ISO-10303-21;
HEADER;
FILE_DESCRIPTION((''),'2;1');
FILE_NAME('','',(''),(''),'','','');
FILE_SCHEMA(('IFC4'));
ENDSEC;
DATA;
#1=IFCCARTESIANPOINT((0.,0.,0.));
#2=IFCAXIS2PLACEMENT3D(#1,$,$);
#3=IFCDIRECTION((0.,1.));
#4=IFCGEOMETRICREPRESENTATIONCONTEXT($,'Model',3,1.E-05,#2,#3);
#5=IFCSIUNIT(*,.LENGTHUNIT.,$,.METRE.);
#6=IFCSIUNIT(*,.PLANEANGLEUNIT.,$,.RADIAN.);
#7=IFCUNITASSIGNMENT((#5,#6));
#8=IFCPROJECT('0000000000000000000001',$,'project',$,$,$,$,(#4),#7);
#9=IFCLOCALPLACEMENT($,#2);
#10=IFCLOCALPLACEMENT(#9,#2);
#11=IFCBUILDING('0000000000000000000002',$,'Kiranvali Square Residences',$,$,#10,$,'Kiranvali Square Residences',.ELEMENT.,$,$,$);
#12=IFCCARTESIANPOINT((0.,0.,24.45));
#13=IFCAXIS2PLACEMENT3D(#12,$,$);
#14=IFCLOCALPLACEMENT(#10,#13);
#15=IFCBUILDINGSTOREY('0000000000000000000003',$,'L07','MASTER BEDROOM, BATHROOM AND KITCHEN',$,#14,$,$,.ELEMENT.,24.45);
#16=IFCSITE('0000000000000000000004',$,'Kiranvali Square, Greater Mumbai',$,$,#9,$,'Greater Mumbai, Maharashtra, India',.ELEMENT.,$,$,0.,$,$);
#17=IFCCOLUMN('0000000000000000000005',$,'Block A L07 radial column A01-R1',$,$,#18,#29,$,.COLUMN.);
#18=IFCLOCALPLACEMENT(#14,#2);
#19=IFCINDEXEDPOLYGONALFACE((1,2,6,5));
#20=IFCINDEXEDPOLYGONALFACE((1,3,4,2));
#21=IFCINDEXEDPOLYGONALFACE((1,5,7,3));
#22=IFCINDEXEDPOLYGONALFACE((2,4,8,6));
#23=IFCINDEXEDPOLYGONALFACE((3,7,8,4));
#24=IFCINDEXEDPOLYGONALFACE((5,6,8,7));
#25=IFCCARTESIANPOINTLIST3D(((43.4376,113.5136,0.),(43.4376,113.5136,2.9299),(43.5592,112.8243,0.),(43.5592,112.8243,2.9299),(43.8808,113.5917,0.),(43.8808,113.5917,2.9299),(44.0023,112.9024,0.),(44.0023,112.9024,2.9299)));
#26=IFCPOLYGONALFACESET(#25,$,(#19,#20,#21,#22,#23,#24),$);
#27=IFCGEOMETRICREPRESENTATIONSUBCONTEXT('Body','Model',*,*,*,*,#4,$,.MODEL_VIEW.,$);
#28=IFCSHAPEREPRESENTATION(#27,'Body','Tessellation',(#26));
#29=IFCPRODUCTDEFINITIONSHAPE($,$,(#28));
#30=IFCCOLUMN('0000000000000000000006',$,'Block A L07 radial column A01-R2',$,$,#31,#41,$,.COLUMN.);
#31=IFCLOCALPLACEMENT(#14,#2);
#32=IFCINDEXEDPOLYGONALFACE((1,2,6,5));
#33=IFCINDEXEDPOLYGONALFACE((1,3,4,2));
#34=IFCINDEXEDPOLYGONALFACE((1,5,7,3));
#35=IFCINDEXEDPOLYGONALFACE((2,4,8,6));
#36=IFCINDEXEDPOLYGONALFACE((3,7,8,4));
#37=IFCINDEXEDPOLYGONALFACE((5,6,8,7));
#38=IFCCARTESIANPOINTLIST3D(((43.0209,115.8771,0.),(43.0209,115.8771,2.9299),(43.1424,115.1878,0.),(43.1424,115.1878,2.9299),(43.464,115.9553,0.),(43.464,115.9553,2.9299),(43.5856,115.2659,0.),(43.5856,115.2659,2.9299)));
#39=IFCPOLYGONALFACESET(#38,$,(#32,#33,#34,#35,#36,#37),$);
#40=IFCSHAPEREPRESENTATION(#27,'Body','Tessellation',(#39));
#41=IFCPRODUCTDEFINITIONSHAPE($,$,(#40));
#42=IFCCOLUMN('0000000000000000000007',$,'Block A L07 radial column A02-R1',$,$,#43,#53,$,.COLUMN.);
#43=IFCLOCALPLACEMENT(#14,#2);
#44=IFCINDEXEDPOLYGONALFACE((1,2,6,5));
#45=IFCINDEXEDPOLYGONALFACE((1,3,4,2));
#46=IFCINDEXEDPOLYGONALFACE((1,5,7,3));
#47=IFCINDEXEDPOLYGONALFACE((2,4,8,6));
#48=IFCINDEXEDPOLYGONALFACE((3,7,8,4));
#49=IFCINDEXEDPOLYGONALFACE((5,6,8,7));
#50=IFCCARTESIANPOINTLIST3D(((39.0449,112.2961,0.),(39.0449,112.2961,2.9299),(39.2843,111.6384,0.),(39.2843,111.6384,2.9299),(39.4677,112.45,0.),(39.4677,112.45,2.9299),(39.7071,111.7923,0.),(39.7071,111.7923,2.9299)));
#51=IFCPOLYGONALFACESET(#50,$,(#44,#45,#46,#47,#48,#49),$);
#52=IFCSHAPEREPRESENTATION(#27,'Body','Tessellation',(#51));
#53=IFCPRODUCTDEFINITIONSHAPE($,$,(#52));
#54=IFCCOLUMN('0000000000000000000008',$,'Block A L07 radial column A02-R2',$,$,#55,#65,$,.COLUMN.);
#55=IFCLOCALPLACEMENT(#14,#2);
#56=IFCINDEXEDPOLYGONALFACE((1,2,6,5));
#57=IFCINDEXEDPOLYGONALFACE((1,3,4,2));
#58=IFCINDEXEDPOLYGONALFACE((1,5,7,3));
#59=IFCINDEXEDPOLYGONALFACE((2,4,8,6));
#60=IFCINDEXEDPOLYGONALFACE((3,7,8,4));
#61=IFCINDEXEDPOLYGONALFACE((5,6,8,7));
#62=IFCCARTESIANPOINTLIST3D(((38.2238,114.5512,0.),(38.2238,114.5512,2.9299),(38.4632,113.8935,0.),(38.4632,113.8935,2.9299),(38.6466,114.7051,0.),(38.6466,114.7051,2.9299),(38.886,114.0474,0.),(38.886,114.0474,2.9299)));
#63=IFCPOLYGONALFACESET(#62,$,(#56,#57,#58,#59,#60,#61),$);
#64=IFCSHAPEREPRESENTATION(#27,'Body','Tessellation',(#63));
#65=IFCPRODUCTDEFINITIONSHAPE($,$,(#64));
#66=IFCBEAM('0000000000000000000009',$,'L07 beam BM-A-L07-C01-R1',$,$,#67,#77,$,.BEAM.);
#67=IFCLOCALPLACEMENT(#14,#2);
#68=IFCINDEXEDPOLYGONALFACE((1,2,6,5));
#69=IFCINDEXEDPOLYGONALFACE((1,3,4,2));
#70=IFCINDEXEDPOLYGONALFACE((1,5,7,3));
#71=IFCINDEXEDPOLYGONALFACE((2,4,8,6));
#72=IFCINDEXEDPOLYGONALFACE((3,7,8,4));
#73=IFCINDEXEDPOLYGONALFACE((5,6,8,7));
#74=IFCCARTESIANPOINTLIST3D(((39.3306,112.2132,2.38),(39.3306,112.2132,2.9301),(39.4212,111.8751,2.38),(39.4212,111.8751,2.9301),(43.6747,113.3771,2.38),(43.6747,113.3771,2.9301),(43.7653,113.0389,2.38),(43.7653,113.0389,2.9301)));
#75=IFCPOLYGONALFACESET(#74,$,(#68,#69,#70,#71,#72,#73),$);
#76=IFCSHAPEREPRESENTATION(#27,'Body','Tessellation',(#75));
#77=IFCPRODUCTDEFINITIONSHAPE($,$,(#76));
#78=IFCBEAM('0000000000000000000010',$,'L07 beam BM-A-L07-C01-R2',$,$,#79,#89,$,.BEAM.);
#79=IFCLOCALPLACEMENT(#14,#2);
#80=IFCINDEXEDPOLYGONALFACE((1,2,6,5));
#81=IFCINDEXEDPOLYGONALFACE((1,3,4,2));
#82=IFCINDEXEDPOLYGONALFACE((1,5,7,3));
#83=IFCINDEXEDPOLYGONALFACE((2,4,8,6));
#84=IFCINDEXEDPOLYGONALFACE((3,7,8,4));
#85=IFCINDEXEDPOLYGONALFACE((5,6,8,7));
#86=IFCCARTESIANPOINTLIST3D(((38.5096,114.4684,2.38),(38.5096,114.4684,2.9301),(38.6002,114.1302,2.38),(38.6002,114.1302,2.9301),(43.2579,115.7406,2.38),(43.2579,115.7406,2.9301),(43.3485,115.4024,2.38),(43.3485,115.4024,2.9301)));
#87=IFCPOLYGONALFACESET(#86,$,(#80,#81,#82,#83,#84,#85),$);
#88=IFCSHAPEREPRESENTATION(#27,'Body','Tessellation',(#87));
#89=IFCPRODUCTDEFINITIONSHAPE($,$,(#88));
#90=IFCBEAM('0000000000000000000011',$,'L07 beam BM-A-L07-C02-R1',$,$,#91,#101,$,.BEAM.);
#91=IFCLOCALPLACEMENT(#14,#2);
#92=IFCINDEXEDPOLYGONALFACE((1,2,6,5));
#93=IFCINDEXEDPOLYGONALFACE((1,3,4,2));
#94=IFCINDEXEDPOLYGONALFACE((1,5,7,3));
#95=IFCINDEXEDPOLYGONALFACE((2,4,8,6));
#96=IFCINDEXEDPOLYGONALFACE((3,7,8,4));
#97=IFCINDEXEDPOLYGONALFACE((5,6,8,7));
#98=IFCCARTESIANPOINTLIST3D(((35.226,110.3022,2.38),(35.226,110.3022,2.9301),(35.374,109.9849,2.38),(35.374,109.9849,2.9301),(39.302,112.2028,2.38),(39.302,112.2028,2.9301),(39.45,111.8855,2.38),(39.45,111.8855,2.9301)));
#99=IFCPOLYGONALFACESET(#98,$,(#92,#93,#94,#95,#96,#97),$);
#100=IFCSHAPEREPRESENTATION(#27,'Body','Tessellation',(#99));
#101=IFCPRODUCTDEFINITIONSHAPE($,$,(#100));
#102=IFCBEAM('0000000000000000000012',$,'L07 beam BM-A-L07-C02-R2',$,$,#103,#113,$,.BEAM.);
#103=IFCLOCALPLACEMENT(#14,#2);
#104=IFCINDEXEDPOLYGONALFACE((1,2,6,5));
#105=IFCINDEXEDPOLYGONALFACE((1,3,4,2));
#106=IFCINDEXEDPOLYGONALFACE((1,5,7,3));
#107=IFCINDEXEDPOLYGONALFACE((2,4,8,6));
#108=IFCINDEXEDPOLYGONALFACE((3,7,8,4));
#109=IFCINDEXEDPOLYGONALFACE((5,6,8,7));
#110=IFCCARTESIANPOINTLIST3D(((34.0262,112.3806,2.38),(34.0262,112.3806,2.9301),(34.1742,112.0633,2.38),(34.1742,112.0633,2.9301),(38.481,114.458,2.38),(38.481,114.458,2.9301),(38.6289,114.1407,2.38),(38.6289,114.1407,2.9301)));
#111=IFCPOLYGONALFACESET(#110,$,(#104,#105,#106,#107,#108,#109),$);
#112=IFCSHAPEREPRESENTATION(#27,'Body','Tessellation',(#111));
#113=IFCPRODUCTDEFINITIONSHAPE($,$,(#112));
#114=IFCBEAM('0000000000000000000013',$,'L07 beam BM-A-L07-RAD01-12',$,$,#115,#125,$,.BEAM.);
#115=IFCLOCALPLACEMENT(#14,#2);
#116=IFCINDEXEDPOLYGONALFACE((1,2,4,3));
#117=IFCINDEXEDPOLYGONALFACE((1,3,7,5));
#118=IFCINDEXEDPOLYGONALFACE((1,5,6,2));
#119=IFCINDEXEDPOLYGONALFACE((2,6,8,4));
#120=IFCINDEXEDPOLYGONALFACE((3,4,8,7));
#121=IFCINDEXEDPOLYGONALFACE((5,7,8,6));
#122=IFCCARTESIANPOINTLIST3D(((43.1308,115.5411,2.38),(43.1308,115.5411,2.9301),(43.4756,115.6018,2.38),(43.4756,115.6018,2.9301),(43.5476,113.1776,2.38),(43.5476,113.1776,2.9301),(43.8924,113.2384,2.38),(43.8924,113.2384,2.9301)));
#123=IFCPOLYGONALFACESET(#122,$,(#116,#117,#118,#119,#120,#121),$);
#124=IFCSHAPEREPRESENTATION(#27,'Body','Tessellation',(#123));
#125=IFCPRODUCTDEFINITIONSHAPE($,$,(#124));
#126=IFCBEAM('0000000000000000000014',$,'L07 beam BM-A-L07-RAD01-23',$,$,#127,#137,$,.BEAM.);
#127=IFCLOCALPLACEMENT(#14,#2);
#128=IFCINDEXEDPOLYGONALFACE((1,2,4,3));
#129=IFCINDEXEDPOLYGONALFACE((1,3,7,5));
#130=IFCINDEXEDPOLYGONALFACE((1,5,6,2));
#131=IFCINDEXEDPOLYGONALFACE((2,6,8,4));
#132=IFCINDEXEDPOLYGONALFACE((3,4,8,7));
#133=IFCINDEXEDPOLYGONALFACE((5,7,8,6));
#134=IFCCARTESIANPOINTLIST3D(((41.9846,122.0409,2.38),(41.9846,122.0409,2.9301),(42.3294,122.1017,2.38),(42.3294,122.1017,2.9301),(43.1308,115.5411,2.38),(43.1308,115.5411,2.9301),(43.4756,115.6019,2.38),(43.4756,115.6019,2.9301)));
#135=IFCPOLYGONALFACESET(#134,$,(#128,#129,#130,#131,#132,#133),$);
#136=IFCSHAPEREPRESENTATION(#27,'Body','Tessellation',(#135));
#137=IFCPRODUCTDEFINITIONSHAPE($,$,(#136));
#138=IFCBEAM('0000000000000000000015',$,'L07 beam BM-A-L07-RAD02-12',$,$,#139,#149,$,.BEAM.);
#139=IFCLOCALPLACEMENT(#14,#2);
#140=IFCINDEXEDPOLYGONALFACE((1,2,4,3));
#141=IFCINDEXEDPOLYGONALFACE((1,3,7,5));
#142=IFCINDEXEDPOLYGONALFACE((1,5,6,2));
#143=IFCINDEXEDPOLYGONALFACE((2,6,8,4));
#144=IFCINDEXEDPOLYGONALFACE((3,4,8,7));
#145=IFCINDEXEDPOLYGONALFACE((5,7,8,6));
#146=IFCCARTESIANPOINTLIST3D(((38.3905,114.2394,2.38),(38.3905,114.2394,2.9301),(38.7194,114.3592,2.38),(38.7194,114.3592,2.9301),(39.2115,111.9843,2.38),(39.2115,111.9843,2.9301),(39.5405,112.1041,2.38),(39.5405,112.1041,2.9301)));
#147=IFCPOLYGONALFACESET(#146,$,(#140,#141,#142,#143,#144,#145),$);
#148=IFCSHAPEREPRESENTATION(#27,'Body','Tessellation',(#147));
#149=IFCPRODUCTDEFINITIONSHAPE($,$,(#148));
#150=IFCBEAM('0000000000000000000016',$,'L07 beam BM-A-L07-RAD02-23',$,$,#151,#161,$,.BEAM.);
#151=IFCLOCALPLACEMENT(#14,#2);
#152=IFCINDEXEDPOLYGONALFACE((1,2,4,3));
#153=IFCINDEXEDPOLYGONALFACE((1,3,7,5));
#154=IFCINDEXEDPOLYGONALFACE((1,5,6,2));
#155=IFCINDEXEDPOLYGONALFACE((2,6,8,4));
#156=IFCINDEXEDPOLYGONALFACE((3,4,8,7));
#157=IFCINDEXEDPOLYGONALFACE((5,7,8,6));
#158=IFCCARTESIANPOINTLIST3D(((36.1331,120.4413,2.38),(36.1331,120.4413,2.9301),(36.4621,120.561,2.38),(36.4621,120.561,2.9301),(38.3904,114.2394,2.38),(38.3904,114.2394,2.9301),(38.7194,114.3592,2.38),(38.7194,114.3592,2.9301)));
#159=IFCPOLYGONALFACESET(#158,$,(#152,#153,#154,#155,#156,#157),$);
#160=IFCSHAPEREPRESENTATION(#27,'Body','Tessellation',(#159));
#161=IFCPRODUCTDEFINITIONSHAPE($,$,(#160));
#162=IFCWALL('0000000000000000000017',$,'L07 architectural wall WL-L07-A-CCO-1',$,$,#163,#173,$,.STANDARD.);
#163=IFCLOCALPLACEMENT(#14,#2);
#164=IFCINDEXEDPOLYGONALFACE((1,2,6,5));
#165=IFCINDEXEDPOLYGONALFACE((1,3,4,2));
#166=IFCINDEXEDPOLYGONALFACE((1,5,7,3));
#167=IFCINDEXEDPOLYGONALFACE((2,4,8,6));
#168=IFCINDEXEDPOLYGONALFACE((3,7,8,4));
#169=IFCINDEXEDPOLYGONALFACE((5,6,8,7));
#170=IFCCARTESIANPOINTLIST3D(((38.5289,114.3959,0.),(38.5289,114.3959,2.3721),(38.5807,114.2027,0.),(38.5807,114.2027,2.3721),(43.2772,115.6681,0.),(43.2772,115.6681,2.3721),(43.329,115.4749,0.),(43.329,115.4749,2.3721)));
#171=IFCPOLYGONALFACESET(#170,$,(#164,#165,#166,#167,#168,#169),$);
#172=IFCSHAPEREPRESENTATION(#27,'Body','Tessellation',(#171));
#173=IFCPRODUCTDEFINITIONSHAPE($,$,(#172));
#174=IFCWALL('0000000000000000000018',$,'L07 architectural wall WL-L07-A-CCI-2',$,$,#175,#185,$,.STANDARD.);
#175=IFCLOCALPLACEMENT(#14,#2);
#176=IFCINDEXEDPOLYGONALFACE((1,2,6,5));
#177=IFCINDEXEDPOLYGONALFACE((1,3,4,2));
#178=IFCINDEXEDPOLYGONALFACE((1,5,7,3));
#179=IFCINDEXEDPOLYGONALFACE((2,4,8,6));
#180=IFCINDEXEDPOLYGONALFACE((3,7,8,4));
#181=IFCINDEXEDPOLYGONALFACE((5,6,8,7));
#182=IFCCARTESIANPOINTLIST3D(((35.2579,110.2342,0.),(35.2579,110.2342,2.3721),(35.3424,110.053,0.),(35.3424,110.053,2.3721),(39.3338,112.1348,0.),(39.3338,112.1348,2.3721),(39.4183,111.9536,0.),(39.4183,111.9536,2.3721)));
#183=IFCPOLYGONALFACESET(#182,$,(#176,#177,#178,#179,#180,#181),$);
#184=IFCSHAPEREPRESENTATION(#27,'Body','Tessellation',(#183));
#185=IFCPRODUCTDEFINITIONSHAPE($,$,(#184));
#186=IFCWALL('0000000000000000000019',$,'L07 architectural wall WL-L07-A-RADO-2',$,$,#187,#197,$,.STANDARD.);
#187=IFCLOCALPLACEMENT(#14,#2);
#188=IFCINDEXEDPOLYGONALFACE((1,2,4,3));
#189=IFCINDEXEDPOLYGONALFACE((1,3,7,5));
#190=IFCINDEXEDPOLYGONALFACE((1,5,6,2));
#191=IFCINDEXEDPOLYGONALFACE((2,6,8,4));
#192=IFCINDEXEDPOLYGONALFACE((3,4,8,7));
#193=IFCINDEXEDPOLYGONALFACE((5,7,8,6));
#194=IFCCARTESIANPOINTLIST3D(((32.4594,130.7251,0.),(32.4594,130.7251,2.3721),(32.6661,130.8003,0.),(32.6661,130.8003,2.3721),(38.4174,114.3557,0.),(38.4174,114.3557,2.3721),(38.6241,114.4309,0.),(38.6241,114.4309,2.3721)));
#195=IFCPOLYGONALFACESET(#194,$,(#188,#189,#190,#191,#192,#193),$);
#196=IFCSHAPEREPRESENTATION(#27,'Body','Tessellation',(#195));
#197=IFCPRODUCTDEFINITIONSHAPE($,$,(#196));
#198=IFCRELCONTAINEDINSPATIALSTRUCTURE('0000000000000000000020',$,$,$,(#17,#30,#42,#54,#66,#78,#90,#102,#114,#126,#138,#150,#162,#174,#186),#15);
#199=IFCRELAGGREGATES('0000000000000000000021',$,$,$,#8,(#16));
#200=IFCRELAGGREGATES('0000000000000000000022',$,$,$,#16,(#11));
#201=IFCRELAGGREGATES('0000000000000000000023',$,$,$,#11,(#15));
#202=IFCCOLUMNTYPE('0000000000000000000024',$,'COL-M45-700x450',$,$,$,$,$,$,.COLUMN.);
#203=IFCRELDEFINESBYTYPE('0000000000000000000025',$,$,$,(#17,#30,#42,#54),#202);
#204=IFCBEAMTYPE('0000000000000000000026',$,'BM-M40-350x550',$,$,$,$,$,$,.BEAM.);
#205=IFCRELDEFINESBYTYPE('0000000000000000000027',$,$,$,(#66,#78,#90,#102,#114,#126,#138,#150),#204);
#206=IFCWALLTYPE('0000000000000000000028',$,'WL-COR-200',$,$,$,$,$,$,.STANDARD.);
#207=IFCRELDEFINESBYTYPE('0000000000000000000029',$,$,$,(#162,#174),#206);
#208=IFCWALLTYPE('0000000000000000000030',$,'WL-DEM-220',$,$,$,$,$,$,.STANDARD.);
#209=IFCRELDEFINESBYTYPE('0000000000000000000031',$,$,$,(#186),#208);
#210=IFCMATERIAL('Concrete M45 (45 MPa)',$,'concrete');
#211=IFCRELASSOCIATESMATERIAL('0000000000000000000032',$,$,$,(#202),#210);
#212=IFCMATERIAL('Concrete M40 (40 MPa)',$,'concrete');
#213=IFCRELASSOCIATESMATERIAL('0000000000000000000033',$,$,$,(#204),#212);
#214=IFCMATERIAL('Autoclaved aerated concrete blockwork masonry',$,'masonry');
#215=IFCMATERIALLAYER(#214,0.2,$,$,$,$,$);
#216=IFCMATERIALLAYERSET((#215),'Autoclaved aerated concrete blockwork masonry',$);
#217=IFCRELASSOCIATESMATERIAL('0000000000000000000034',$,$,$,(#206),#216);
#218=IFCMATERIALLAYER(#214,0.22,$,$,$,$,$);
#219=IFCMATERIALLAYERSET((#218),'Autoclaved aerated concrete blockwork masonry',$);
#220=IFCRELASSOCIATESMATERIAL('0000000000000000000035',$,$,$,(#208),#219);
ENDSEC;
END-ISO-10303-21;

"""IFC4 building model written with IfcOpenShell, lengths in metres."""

from ifc_helpers import new_model, si_unit, direction, frame, frame_2d, origin, origin_2d, place, context, subcontext, project, spatial, rectangle, extrude, material, layer, layer_set, material_profile, profile_set, type_object, element, save


model = new_model("IFC4")

# Units and contexts
model_context = context("Model", 3, precision=1e-05, world=origin(), true_north=direction((0.0, 1.0)))
body_context = subcontext(model_context, "Body", "Model", "MODEL_VIEW")
ifc_project = project(units=[si_unit("LENGTHUNIT", "METRE"), si_unit("PLANEANGLEUNIT", "RADIAN")], contexts=[model_context])

# Site, building, storey
site_placement = place(None, origin())
site = spatial("IfcSite", under=ifc_project, at=site_placement, Name="Kiranvali Square, Greater Mumbai", LongName="Greater Mumbai, Maharashtra, India", CompositionType="ELEMENT", RefElevation=0.0)
building_placement = place(site_placement, origin())
building = spatial("IfcBuilding", under=site, at=building_placement, Name="Kiranvali Square Residences", LongName="Kiranvali Square Residences", CompositionType="ELEMENT")
storey_placement = place(building_placement, frame((0.0, 0.0, 24.45)))
storey = spatial("IfcBuildingStorey", under=building, at=storey_placement, Name="L07", Description="MASTER BEDROOM, BATHROOM AND KITCHEN", CompositionType="ELEMENT", Elevation=24.45)

# Columns
ifc_material_1 = material(Name="Concrete M45 (45 MPa)", Category="concrete")
ifc_material_profile_1 = material_profile(ifc_material_1, rectangle(XDim=0.45, YDim=0.7, at=origin_2d()), Name="RC 700x450")
ifc_profile_set_1 = profile_set([ifc_material_profile_1], Name="Concrete M45 (45 MPa)")
column_type = type_object("IfcColumnType", Name="COL-M45-700x450", PredefinedType="COLUMN", material=ifc_profile_set_1)
for number, where, z_axis, x_axis, name in (
    (1, (43.72, 113.208, 0.0), (0.0, 0.0, 1.0), (0.984808, 0.173648, 0.0), "Block A L07 radial column A01-R1"),
    (2, (43.3032, 115.5715, 0.0), (0.0, 0.0, 1.0), (0.984808, 0.173648, 0.0), "Block A L07 radial column A01-R2"),
    (3, (39.376, 112.0442, 0.0), (0.0, 0.0, 1.0), (0.939693, 0.34202, 0.0), "Block A L07 radial column A02-R1"),
    (4, (38.5549, 114.2993, 0.0), (0.0, 0.0, 1.0), (0.939693, 0.34202, 0.0), "Block A L07 radial column A02-R2"),
):
    element("IfcColumn", number, at=place(storey_placement, frame(where, z_axis=z_axis, x_axis=x_axis)), inside=storey, type_object=column_type, Name=name, PredefinedType="COLUMN", context=body_context, shape_type="SweptSolid", body=[
        extrude(rectangle(XDim=0.45, YDim=0.7, at=origin_2d()), origin(), (0.0, 0.0, 1.0), 2.9299),
    ])

# Beams
ifc_material_2 = material(Name="Concrete M40 (40 MPa)", Category="concrete")
ifc_material_profile_2 = material_profile(ifc_material_2, rectangle(XDim=0.3501, YDim=0.55, at=origin_2d()), Name="RC 350x550")
ifc_profile_set_2 = profile_set([ifc_material_profile_2], Name="Concrete M40 (40 MPa)")
beam_type = type_object("IfcBeamType", Name="BM-M40-350x550", PredefinedType="BEAM", material=ifc_profile_set_2)
beam_1_placement = place(storey_placement, frame((43.72, 113.208, 2.655), z_axis=(-0.965934, -0.258788, 0.0), x_axis=(0.258788, -0.965934, 0.0)))
element("IfcBeam", 5, at=beam_1_placement, inside=storey, type_object=beam_type, Name="L07 beam BM-A-L07-C01-R1", PredefinedType="BEAM", context=body_context, shape_type="SweptSolid", body=[
    extrude(rectangle(XDim=0.3501, YDim=0.55, at=origin_2d()), origin(), (0.0, 0.0, 1.0), 4.4973),
])
beam_2_placement = place(storey_placement, frame((43.3032, 115.5715, 2.655), z_axis=(-0.96593, -0.258803, 0.0), x_axis=(0.258803, -0.96593, 0.0)))
element("IfcBeam", 6, at=beam_2_placement, inside=storey, type_object=beam_type, Name="L07 beam BM-A-L07-C01-R2", PredefinedType="BEAM", context=body_context, shape_type="SweptSolid", body=[
    extrude(rectangle(XDim=0.3501, YDim=0.55, at=origin_2d()), origin(), (0.0, 0.0, 1.0), 4.9158),
])
beam_3_placement = place(storey_placement, frame((39.376, 112.0442, 2.655), z_axis=(-0.906308, -0.422618, 0.0), x_axis=(0.422618, -0.906308, 0.0)))
element("IfcBeam", 7, at=beam_3_placement, inside=storey, type_object=beam_type, Name="L07 beam BM-A-L07-C02-R1", PredefinedType="BEAM", context=body_context, shape_type="SweptSolid", body=[
    extrude(rectangle(XDim=0.3501, YDim=0.55, at=origin_2d()), origin(), (0.0, 0.0, 1.0), 4.4973),
])
beam_4_placement = place(storey_placement, frame((38.5549, 114.2993, 2.655), z_axis=(-0.906302, -0.42263, 0.0), x_axis=(0.42263, -0.906302, 0.0)))
element("IfcBeam", 8, at=beam_4_placement, inside=storey, type_object=beam_type, Name="L07 beam BM-A-L07-C02-R2", PredefinedType="BEAM", context=body_context, shape_type="SweptSolid", body=[
    extrude(rectangle(XDim=0.3501, YDim=0.55, at=origin_2d()), origin(), (0.0, 0.0, 1.0), 4.9153),
])
beam_5_placement = place(storey_placement, frame((43.72, 113.208, 2.655), z_axis=(-0.173646, 0.984808, 0.0), x_axis=(-0.984808, -0.173646, 0.0)))
element("IfcBeam", 9, at=beam_5_placement, inside=storey, type_object=beam_type, Name="L07 beam BM-A-L07-RAD01-12", PredefinedType="BEAM", context=body_context, shape_type="SweptSolid", body=[
    extrude(rectangle(XDim=0.3501, YDim=0.55, at=origin_2d()), origin(), (0.0, 0.0, 1.0), 2.3999),
])
beam_6_placement = place(storey_placement, frame((43.3032, 115.5715, 2.655), z_axis=(-0.173671, 0.984804, 0.0), x_axis=(-0.984804, -0.173671, 0.0)))
element("IfcBeam", 10, at=beam_6_placement, inside=storey, type_object=beam_type, Name="L07 beam BM-A-L07-RAD01-23", PredefinedType="BEAM", context=body_context, shape_type="SweptSolid", body=[
    extrude(rectangle(XDim=0.3501, YDim=0.55, at=origin_2d()), origin(), (0.0, 0.0, 1.0), 6.6001),
])
beam_7_placement = place(storey_placement, frame((39.376, 112.0442, 2.655), z_axis=(-0.342111, 0.93966, 0.0), x_axis=(-0.93966, -0.342111, 0.0)))
element("IfcBeam", 11, at=beam_7_placement, inside=storey, type_object=beam_type, Name="L07 beam BM-A-L07-RAD02-12", PredefinedType="BEAM", context=body_context, shape_type="SweptSolid", body=[
    extrude(rectangle(XDim=0.3501, YDim=0.55, at=origin_2d()), origin(), (0.0, 0.0, 1.0), 2.3999),
])
beam_8_placement = place(storey_placement, frame((38.5549, 114.2993, 2.655), z_axis=(-0.342022, 0.939692, 0.0), x_axis=(-0.939692, -0.342022, 0.0)))
element("IfcBeam", 12, at=beam_8_placement, inside=storey, type_object=beam_type, Name="L07 beam BM-A-L07-RAD02-23", PredefinedType="BEAM", context=body_context, shape_type="SweptSolid", body=[
    extrude(rectangle(XDim=0.3501, YDim=0.55, at=origin_2d()), origin(), (0.0, 0.0, 1.0), 6.5999),
])

# Walls
ifc_material_3 = material(Name="Autoclaved aerated concrete blockwork masonry", Category="masonry")
ifc_layer_1 = layer(ifc_material_3, 0.2)
ifc_layer_set_1 = layer_set([ifc_layer_1], Name="Autoclaved aerated concrete blockwork masonry")
wall_type_1 = type_object("IfcWallType", Name="WL-COR-200", PredefinedType="STANDARD", material=ifc_layer_set_1)
wall_1_placement = place(storey_placement, frame((43.3032, 115.5715, 0.0), z_axis=(0.0, 0.0, 1.0), x_axis=(-0.96593, -0.258803, 0.0)))
element("IfcWall", 13, at=wall_1_placement, inside=storey, type_object=wall_type_1, Name="L07 architectural wall WL-L07-A-CCO-1", PredefinedType="STANDARD", context=body_context, shape_type="SweptSolid", body=[
    extrude(rectangle(XDim=4.9158, YDim=0.2, at=frame_2d((2.458, 0.0))), origin(), (0.0, 0.0, 1.0), 2.3721),
])
wall_2_placement = place(storey_placement, frame((39.376, 112.0442, 0.0), z_axis=(0.0, 0.0, 1.0), x_axis=(-0.906308, -0.422618, 0.0)))
element("IfcWall", 14, at=wall_2_placement, inside=storey, type_object=wall_type_1, Name="L07 architectural wall WL-L07-A-CCI-2", PredefinedType="STANDARD", context=body_context, shape_type="SweptSolid", body=[
    extrude(rectangle(XDim=4.4973, YDim=0.2, at=frame_2d((2.2485, 0.0))), origin(), (0.0, 0.0, 1.0), 2.3721),
])

# Wall
ifc_layer_2 = layer(ifc_material_3, 0.22)
ifc_layer_set_2 = layer_set([ifc_layer_2], Name="Autoclaved aerated concrete blockwork masonry")
wall_type_2 = type_object("IfcWallType", Name="WL-DEM-220", PredefinedType="STANDARD", material=ifc_layer_set_2)
wall_3_placement = place(storey_placement, frame((38.5208, 114.3933, 0.0), z_axis=(0.0, 0.0, 1.0), x_axis=(-0.342022, 0.939692, 0.0)))
element("IfcWall", 15, at=wall_3_placement, inside=storey, type_object=wall_type_2, Name="L07 architectural wall WL-L07-A-RADO-2", PredefinedType="STANDARD", context=body_context, shape_type="SweptSolid", body=[
    extrude(rectangle(XDim=17.4199, YDim=0.22, at=frame_2d((8.71, 0.0))), origin(), (0.0, 0.0, 1.0), 2.3721),
])

save(model, "model.ifc")
